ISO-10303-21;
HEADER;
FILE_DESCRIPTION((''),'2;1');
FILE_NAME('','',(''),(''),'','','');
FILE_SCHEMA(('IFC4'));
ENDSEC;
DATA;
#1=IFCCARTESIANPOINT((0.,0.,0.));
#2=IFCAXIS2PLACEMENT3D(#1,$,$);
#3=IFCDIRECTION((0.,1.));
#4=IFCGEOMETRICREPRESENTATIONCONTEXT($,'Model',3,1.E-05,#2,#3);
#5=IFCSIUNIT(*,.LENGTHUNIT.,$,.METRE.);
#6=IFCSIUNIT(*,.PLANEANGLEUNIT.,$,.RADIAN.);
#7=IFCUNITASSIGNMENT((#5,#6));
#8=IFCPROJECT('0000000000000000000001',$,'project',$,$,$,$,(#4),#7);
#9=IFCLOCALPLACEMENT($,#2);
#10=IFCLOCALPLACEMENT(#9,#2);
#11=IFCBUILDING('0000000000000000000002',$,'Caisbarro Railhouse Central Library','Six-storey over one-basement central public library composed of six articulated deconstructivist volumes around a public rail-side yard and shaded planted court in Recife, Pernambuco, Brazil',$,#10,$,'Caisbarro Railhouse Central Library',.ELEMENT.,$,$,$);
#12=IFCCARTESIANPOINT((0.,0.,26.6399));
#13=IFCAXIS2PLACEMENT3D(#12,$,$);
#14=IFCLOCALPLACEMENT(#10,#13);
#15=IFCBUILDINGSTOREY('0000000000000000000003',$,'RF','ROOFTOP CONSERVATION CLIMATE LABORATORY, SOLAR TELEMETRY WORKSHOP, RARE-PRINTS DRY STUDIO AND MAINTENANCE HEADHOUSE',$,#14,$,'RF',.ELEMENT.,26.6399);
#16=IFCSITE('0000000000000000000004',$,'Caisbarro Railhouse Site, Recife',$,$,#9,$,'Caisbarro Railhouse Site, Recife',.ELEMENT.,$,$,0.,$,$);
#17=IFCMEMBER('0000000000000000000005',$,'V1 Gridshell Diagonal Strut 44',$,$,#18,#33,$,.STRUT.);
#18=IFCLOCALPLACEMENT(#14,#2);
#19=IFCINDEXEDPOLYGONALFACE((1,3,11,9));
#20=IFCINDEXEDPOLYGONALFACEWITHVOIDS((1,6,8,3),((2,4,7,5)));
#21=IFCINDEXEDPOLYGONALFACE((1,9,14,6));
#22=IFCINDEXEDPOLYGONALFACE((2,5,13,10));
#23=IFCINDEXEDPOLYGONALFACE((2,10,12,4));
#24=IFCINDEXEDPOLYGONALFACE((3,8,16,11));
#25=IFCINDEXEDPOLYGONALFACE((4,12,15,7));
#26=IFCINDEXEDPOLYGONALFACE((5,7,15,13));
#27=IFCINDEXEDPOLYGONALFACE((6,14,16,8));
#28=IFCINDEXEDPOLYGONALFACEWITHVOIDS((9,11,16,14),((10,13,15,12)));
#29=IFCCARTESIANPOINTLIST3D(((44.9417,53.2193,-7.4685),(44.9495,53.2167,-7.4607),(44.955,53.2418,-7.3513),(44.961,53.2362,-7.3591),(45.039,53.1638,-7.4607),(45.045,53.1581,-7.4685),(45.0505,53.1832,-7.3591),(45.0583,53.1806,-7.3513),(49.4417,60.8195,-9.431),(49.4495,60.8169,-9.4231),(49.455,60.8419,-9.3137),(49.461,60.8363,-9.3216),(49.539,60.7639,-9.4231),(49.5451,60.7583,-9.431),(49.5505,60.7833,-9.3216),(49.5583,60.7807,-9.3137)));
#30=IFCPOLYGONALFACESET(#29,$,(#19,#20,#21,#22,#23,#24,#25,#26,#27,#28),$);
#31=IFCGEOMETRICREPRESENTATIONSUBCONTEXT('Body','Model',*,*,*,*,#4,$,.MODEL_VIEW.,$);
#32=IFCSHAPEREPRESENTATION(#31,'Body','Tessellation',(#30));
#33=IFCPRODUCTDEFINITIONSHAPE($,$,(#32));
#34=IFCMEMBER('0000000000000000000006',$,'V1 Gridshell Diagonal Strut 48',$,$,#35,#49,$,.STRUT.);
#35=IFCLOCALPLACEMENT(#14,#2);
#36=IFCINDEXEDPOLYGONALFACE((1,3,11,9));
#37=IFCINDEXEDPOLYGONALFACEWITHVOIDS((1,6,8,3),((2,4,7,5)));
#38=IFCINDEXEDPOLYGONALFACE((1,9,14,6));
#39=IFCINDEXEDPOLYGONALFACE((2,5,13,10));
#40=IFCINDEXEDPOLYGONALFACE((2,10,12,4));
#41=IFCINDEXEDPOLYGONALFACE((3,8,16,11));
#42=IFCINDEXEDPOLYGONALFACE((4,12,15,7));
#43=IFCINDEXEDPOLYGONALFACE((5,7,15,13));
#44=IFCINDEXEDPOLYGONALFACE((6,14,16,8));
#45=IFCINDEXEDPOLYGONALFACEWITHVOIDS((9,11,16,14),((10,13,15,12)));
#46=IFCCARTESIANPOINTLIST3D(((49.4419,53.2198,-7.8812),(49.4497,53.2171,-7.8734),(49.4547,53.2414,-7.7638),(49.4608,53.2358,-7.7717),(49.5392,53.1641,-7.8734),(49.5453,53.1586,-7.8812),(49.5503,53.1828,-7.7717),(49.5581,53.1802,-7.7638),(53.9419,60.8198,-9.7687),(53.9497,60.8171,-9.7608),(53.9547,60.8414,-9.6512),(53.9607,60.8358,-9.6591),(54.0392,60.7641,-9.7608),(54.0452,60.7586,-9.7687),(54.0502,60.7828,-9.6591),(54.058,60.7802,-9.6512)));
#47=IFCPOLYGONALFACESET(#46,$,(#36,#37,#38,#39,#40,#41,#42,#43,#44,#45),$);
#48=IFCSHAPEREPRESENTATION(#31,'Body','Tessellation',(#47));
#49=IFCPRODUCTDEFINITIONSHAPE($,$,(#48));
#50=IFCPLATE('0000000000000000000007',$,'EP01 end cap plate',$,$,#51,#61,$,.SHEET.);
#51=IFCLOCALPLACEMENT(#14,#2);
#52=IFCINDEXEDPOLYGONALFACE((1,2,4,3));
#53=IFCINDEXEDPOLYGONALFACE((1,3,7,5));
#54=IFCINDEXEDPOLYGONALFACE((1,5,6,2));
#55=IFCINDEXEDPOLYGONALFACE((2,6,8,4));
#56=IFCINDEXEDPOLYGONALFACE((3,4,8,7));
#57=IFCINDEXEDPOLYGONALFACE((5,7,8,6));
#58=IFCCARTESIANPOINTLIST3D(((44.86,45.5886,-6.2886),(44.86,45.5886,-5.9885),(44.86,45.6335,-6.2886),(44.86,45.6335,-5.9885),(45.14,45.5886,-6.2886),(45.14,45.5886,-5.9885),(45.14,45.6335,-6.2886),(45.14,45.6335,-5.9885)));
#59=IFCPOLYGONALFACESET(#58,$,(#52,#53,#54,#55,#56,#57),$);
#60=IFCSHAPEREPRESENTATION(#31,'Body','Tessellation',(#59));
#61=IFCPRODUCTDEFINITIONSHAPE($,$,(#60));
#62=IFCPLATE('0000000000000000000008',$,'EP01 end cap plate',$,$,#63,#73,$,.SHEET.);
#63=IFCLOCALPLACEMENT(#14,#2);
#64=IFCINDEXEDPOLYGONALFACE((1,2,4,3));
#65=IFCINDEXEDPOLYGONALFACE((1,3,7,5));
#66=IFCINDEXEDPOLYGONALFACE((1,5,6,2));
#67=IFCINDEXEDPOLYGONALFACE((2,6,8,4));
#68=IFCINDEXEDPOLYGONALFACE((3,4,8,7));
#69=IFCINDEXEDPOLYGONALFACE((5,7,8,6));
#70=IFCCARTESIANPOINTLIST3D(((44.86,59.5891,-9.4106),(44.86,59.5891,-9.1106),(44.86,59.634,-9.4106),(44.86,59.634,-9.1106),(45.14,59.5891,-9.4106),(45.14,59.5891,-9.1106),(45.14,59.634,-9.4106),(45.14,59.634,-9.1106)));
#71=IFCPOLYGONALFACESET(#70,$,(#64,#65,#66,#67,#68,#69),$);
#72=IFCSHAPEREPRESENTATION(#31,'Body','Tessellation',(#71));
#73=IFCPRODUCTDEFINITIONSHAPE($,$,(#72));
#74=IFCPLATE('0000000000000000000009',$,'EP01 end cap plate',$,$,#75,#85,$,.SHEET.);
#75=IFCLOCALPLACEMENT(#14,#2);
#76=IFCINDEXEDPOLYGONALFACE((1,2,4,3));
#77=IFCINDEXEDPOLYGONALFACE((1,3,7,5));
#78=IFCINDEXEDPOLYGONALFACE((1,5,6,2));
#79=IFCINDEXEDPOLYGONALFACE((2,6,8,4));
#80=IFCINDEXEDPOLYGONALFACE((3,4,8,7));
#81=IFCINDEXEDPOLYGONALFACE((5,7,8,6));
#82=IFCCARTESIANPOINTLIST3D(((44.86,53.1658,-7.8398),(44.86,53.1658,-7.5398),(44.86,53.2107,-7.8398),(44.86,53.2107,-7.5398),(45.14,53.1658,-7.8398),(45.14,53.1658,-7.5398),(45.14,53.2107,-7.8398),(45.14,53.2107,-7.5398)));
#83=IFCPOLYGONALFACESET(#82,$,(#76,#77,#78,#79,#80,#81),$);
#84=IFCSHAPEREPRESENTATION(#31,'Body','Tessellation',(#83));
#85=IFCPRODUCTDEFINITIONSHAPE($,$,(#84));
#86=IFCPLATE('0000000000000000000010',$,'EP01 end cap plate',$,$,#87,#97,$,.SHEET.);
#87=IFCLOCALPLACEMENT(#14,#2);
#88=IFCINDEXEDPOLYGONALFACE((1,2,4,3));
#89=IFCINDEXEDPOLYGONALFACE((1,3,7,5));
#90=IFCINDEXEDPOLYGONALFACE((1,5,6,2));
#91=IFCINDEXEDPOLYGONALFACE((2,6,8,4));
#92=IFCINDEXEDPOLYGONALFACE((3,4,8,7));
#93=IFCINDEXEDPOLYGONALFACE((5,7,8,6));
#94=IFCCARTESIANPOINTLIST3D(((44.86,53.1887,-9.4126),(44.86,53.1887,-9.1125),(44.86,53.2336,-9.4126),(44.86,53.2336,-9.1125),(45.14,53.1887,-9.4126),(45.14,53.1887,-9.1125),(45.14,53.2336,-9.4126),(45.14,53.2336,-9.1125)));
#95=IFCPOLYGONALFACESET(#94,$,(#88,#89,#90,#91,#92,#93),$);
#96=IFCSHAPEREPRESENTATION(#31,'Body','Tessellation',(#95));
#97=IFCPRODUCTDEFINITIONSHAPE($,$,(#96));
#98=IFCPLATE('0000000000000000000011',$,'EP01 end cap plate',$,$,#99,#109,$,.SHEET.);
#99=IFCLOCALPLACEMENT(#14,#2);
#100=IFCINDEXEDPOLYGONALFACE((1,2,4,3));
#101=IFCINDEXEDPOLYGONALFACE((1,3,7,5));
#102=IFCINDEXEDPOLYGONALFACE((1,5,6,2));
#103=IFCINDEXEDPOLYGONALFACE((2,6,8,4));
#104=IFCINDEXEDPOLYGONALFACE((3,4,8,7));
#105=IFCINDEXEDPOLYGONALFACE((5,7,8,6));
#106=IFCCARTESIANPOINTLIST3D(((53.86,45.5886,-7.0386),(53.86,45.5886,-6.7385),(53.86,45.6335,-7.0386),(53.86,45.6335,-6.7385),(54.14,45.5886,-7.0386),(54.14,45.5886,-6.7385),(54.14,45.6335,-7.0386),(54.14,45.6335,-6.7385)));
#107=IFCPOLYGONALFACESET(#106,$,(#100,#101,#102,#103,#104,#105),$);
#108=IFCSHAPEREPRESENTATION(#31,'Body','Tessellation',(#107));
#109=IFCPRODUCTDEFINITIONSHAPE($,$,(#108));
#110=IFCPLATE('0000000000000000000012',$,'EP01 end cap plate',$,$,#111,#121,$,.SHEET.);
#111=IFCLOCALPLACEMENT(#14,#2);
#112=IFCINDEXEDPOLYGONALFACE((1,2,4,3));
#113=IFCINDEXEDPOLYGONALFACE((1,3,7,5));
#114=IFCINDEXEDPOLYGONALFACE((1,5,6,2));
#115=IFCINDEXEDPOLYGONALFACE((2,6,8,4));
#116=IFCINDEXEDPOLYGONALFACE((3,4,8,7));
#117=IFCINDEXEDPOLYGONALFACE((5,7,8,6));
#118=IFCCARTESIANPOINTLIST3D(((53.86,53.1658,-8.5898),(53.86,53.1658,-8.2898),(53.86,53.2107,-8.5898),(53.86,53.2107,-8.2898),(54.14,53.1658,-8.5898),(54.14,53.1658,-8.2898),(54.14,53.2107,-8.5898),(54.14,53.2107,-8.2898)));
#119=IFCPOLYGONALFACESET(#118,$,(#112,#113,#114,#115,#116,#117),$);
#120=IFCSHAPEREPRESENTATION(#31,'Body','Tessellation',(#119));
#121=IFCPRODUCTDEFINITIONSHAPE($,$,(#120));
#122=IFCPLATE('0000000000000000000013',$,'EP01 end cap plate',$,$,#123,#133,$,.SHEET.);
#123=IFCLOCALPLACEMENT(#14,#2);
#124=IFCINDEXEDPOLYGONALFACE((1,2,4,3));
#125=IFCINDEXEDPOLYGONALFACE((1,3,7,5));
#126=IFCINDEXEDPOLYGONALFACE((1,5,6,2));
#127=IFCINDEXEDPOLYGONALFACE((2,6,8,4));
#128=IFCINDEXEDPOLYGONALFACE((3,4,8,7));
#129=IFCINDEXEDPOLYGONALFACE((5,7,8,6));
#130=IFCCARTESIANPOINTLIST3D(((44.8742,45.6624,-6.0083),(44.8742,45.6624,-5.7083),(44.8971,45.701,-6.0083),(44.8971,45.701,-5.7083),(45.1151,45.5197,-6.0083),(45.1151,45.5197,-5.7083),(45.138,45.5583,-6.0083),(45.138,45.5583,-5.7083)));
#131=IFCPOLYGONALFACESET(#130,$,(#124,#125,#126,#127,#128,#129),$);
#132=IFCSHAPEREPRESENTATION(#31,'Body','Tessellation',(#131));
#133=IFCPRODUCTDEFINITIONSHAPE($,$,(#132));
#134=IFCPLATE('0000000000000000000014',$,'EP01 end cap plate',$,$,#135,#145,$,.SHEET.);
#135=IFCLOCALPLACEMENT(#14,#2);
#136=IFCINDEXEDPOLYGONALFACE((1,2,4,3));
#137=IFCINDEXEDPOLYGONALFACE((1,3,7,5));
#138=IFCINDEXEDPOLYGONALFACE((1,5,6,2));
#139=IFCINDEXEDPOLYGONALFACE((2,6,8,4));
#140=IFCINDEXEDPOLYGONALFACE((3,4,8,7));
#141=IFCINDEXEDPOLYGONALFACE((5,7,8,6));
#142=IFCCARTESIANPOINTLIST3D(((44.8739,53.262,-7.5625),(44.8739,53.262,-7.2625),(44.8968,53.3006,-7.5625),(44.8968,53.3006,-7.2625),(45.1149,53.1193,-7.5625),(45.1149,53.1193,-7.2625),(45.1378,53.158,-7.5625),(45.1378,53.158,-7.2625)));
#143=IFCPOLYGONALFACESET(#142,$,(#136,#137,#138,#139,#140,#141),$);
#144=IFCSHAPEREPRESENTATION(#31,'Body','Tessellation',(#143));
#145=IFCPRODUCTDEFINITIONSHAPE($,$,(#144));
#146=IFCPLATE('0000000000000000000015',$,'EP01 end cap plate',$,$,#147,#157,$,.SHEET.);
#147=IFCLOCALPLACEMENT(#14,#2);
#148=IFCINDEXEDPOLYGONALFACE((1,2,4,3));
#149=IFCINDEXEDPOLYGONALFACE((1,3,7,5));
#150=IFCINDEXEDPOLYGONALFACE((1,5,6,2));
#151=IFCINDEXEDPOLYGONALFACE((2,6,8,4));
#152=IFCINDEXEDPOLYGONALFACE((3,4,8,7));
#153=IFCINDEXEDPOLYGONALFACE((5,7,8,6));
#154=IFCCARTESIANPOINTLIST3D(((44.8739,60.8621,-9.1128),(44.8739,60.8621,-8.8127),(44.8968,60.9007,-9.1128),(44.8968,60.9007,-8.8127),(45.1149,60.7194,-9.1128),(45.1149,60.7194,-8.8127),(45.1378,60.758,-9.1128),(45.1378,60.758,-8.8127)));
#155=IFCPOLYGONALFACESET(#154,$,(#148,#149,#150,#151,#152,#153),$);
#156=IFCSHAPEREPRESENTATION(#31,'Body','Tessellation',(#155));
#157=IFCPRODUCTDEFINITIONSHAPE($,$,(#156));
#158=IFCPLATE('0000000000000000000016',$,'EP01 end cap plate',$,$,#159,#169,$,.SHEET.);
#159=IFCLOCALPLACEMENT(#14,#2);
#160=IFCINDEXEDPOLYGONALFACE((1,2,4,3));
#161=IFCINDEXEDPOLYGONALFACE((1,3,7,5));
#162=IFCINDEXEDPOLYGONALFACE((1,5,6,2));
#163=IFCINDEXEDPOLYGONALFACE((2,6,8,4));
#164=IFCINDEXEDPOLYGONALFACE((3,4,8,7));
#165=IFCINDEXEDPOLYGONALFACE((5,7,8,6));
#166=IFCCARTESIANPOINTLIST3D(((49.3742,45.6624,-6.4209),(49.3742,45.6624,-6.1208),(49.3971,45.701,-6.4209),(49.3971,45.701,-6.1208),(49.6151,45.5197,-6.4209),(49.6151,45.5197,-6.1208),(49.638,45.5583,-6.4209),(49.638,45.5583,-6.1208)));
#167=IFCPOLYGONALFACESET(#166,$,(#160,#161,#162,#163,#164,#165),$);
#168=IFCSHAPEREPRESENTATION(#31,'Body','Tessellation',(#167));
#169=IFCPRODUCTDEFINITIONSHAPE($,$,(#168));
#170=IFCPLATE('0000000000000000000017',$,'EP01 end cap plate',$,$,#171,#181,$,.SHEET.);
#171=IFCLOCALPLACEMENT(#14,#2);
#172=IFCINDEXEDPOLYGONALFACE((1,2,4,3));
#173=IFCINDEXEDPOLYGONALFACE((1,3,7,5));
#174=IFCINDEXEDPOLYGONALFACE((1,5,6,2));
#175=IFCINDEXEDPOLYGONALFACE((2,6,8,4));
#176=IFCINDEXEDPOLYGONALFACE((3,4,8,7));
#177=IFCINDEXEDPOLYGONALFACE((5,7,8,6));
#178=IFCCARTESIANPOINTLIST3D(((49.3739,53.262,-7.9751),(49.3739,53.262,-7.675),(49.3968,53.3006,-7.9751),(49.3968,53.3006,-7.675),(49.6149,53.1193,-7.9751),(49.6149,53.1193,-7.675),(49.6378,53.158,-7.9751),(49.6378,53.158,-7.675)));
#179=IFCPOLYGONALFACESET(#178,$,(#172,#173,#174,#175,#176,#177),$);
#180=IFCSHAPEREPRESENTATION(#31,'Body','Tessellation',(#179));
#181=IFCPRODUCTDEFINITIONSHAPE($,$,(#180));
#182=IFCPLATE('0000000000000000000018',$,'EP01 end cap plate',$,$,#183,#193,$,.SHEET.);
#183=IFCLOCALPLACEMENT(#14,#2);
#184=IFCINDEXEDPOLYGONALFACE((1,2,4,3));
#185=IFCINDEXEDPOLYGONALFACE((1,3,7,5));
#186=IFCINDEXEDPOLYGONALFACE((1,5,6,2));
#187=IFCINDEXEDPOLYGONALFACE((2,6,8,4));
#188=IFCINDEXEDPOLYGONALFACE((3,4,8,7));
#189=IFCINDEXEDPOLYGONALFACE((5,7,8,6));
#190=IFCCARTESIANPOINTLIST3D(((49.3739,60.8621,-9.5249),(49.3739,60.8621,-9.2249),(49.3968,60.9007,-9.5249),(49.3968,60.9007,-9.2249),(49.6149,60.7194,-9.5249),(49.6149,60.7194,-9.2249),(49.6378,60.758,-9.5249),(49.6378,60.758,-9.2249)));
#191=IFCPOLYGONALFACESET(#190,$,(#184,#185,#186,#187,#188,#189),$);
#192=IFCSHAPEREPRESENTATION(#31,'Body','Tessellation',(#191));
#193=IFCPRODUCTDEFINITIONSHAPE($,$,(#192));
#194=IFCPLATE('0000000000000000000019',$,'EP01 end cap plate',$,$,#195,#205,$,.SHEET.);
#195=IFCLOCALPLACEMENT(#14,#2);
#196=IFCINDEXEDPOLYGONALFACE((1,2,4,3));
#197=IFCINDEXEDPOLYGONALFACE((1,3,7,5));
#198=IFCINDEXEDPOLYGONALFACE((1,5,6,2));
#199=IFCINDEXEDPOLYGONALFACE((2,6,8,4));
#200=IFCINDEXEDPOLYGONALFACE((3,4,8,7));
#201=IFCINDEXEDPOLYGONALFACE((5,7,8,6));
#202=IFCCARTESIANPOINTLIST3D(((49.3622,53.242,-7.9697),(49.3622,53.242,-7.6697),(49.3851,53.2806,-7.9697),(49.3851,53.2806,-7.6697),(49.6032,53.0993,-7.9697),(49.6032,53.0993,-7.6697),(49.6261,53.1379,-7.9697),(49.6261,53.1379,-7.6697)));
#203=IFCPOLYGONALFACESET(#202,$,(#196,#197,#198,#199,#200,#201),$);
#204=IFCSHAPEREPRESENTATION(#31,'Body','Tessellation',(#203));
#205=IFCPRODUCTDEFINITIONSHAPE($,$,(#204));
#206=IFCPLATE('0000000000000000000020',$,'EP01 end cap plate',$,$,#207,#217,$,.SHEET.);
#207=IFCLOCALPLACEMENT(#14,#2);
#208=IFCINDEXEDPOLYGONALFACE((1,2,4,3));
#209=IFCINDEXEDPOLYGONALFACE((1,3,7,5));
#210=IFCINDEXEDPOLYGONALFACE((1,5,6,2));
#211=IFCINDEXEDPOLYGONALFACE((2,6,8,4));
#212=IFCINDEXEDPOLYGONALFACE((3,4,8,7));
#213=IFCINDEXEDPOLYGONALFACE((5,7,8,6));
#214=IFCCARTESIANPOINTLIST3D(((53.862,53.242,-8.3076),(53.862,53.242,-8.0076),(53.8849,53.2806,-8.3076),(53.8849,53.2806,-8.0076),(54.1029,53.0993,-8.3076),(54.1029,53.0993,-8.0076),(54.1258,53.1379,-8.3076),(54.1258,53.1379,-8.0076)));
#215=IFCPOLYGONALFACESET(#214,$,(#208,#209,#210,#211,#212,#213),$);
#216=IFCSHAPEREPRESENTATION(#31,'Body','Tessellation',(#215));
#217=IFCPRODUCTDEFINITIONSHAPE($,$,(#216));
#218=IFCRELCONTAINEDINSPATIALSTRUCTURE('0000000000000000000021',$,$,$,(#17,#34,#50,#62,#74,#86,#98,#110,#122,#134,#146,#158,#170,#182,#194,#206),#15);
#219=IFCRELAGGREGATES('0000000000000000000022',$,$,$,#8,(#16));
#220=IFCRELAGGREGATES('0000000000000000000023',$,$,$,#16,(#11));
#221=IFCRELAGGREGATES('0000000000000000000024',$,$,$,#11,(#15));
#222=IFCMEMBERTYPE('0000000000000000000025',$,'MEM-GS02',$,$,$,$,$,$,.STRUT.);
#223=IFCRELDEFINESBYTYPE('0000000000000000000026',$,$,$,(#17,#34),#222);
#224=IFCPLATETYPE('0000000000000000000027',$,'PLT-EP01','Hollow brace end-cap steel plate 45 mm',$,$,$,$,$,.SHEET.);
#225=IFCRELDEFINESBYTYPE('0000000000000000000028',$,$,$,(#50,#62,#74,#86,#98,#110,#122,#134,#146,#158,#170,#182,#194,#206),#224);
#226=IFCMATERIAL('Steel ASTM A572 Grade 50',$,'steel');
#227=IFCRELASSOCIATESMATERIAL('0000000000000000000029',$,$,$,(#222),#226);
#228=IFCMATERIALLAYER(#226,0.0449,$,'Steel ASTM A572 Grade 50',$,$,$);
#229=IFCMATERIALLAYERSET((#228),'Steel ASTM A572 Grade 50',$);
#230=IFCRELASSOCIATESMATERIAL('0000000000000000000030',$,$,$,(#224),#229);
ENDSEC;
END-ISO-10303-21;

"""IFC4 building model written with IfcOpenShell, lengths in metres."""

from ifc_helpers import new_model, si_unit, direction, frame, origin, origin_2d, place, context, subcontext, project, spatial, rectangle, hollow_rectangle, extrude, material, layer, layer_set, material_profile, profile_set, type_object, element, save


model = new_model("IFC4")

# Units and contexts
model_context = context("Model", 3, precision=1e-05, world=origin(), true_north=direction((0.0, 1.0)))
body_context = subcontext(model_context, "Body", "Model", "MODEL_VIEW")
ifc_project = project(units=[si_unit("LENGTHUNIT", "METRE"), si_unit("PLANEANGLEUNIT", "RADIAN")], contexts=[model_context])

# Site, building, storey
site_placement = place(None, origin())
site = spatial("IfcSite", under=ifc_project, at=site_placement, Name="Caisbarro Railhouse Site, Recife", LongName="Caisbarro Railhouse Site, Recife", CompositionType="ELEMENT", RefElevation=0.0)
building_placement = place(site_placement, origin())
building = spatial("IfcBuilding", under=site, at=building_placement, Name="Caisbarro Railhouse Central Library", Description="Six-storey over one-basement central public library composed of six articulated deconstructivist volumes around a public rail-side yard and shaded planted court in Recife, Pernambuco, Brazil", LongName="Caisbarro Railhouse Central Library", CompositionType="ELEMENT")
storey_placement = place(building_placement, frame((0.0, 0.0, 26.6399)))
storey = spatial("IfcBuildingStorey", under=building, at=storey_placement, Name="RF", Description="ROOFTOP CONSERVATION CLIMATE LABORATORY, SOLAR TELEMETRY WORKSHOP, RARE-PRINTS DRY STUDIO AND MAINTENANCE HEADHOUSE", LongName="RF", CompositionType="ELEMENT", Elevation=26.6399)

# Shared definitions
ifc_material = material(Name="Steel ASTM A572 Grade 50", Category="steel")

# Members
ifc_material_profile_1 = material_profile(ifc_material, hollow_rectangle(XDim=0.1201, YDim=0.1201, WallThickness=0.0081, at=origin_2d()), Name="HSS120X120X8")
ifc_profile_set_1 = profile_set([ifc_material_profile_1], Name="Steel ASTM A572 Grade 50")
member_type = type_object("IfcMemberType", Name="MEM-GS02", PredefinedType="STRUT", material=ifc_profile_set_1)
member_1_placement = place(storey_placement, frame((45.0, 53.2, -7.4099), z_axis=(0.497359, 0.839995, -0.216893), x_axis=(-0.860478, 0.509487, 0.0)))
element("IfcMember", 1, at=member_1_placement, inside=storey, type_object=member_type, Name="V1 Gridshell Diagonal Strut 44", PredefinedType="STRUT", context=body_context, shape_type="SweptSolid", body=[
    extrude(hollow_rectangle(XDim=0.1201, YDim=0.1201, WallThickness=0.0081, at=origin_2d()), origin(), (0.0, 0.0, 1.0), 9.0479),
])
member_2_placement = place(storey_placement, frame((49.5, 53.2, -7.8225), z_axis=(0.498238, 0.841479, -0.208978), x_axis=(-0.860478, 0.509487, 0.0)))
element("IfcMember", 2, at=member_2_placement, inside=storey, type_object=member_type, Name="V1 Gridshell Diagonal Strut 48", PredefinedType="STRUT", context=body_context, shape_type="SweptSolid", body=[
    extrude(hollow_rectangle(XDim=0.1201, YDim=0.1201, WallThickness=0.0081, at=origin_2d()), origin(), (0.0, 0.0, 1.0), 9.0317),
])

# Plates
ifc_layer = layer(ifc_material, 0.0449, Name="Steel ASTM A572 Grade 50")
ifc_layer_set = layer_set([ifc_layer], Name="Steel ASTM A572 Grade 50")
plate_type = type_object("IfcPlateType", Name="PLT-EP01", Description="Hollow brace end-cap steel plate 45 mm", PredefinedType="SHEET", material=ifc_layer_set)
for number, where, z_axis, x_axis, name in (
    (3, (45.0, 45.6111, -6.2886), (0.0, 0.0, 1.0), (0.0, 1.0, 0.0), "EP01 end cap plate"),
    (4, (45.0, 59.6116, -9.4106), (0.0, 0.0, 1.0), (0.0, -1.0, 0.0), "EP01 end cap plate"),
    (5, (45.0, 53.1882, -7.8398), (0.0, 0.0, 1.0), (0.0, -1.0, 0.0), "EP01 end cap plate"),
    (6, (45.0, 53.2112, -9.4126), (0.0, 0.0, 1.0), (0.0, -1.0, 0.0), "EP01 end cap plate"),
    (7, (54.0, 45.6111, -7.0386), (0.0, 0.0, 1.0), (0.0, 1.0, 0.0), "EP01 end cap plate"),
    (8, (54.0, 53.1882, -8.5898), (0.0, 0.0, 1.0), (0.0, -1.0, 0.0), "EP01 end cap plate"),
    (9, (45.0061, 45.6104, -6.0083), (0.0, 0.0, 1.0), (0.509492, 0.860475, 0.0), "EP01 end cap plate"),
    (10, (45.0059, 53.21, -7.5625), (0.0, 0.0, 1.0), (0.509492, 0.860475, 0.0), "EP01 end cap plate"),
    (11, (45.0059, 60.8101, -9.1128), (0.0, 0.0, 1.0), (0.509492, 0.860475, 0.0), "EP01 end cap plate"),
    (12, (49.5061, 45.6104, -6.4209), (0.0, 0.0, 1.0), (0.509492, 0.860475, 0.0), "EP01 end cap plate"),
    (13, (49.5059, 53.21, -7.9751), (0.0, 0.0, 1.0), (0.509492, 0.860475, 0.0), "EP01 end cap plate"),
    (14, (49.5059, 60.8101, -9.5249), (0.0, 0.0, 1.0), (0.509492, 0.860475, 0.0), "EP01 end cap plate"),
    (15, (49.4941, 53.1899, -7.9697), (0.0, 0.0, 1.0), (0.509492, 0.860475, 0.0), "EP01 end cap plate"),
    (16, (53.9939, 53.1899, -8.3076), (0.0, 0.0, 1.0), (0.509492, 0.860475, 0.0), "EP01 end cap plate"),
):
    element("IfcPlate", number, at=place(storey_placement, frame(where, z_axis=z_axis, x_axis=x_axis)), inside=storey, type_object=plate_type, Name=name, PredefinedType="SHEET", context=body_context, shape_type="SweptSolid", body=[
        extrude(rectangle(XDim=0.0449, YDim=0.28, at=origin_2d()), origin(), (0.0, 0.0, 1.0), 0.3),
    ])

save(model, "model.ifc")
